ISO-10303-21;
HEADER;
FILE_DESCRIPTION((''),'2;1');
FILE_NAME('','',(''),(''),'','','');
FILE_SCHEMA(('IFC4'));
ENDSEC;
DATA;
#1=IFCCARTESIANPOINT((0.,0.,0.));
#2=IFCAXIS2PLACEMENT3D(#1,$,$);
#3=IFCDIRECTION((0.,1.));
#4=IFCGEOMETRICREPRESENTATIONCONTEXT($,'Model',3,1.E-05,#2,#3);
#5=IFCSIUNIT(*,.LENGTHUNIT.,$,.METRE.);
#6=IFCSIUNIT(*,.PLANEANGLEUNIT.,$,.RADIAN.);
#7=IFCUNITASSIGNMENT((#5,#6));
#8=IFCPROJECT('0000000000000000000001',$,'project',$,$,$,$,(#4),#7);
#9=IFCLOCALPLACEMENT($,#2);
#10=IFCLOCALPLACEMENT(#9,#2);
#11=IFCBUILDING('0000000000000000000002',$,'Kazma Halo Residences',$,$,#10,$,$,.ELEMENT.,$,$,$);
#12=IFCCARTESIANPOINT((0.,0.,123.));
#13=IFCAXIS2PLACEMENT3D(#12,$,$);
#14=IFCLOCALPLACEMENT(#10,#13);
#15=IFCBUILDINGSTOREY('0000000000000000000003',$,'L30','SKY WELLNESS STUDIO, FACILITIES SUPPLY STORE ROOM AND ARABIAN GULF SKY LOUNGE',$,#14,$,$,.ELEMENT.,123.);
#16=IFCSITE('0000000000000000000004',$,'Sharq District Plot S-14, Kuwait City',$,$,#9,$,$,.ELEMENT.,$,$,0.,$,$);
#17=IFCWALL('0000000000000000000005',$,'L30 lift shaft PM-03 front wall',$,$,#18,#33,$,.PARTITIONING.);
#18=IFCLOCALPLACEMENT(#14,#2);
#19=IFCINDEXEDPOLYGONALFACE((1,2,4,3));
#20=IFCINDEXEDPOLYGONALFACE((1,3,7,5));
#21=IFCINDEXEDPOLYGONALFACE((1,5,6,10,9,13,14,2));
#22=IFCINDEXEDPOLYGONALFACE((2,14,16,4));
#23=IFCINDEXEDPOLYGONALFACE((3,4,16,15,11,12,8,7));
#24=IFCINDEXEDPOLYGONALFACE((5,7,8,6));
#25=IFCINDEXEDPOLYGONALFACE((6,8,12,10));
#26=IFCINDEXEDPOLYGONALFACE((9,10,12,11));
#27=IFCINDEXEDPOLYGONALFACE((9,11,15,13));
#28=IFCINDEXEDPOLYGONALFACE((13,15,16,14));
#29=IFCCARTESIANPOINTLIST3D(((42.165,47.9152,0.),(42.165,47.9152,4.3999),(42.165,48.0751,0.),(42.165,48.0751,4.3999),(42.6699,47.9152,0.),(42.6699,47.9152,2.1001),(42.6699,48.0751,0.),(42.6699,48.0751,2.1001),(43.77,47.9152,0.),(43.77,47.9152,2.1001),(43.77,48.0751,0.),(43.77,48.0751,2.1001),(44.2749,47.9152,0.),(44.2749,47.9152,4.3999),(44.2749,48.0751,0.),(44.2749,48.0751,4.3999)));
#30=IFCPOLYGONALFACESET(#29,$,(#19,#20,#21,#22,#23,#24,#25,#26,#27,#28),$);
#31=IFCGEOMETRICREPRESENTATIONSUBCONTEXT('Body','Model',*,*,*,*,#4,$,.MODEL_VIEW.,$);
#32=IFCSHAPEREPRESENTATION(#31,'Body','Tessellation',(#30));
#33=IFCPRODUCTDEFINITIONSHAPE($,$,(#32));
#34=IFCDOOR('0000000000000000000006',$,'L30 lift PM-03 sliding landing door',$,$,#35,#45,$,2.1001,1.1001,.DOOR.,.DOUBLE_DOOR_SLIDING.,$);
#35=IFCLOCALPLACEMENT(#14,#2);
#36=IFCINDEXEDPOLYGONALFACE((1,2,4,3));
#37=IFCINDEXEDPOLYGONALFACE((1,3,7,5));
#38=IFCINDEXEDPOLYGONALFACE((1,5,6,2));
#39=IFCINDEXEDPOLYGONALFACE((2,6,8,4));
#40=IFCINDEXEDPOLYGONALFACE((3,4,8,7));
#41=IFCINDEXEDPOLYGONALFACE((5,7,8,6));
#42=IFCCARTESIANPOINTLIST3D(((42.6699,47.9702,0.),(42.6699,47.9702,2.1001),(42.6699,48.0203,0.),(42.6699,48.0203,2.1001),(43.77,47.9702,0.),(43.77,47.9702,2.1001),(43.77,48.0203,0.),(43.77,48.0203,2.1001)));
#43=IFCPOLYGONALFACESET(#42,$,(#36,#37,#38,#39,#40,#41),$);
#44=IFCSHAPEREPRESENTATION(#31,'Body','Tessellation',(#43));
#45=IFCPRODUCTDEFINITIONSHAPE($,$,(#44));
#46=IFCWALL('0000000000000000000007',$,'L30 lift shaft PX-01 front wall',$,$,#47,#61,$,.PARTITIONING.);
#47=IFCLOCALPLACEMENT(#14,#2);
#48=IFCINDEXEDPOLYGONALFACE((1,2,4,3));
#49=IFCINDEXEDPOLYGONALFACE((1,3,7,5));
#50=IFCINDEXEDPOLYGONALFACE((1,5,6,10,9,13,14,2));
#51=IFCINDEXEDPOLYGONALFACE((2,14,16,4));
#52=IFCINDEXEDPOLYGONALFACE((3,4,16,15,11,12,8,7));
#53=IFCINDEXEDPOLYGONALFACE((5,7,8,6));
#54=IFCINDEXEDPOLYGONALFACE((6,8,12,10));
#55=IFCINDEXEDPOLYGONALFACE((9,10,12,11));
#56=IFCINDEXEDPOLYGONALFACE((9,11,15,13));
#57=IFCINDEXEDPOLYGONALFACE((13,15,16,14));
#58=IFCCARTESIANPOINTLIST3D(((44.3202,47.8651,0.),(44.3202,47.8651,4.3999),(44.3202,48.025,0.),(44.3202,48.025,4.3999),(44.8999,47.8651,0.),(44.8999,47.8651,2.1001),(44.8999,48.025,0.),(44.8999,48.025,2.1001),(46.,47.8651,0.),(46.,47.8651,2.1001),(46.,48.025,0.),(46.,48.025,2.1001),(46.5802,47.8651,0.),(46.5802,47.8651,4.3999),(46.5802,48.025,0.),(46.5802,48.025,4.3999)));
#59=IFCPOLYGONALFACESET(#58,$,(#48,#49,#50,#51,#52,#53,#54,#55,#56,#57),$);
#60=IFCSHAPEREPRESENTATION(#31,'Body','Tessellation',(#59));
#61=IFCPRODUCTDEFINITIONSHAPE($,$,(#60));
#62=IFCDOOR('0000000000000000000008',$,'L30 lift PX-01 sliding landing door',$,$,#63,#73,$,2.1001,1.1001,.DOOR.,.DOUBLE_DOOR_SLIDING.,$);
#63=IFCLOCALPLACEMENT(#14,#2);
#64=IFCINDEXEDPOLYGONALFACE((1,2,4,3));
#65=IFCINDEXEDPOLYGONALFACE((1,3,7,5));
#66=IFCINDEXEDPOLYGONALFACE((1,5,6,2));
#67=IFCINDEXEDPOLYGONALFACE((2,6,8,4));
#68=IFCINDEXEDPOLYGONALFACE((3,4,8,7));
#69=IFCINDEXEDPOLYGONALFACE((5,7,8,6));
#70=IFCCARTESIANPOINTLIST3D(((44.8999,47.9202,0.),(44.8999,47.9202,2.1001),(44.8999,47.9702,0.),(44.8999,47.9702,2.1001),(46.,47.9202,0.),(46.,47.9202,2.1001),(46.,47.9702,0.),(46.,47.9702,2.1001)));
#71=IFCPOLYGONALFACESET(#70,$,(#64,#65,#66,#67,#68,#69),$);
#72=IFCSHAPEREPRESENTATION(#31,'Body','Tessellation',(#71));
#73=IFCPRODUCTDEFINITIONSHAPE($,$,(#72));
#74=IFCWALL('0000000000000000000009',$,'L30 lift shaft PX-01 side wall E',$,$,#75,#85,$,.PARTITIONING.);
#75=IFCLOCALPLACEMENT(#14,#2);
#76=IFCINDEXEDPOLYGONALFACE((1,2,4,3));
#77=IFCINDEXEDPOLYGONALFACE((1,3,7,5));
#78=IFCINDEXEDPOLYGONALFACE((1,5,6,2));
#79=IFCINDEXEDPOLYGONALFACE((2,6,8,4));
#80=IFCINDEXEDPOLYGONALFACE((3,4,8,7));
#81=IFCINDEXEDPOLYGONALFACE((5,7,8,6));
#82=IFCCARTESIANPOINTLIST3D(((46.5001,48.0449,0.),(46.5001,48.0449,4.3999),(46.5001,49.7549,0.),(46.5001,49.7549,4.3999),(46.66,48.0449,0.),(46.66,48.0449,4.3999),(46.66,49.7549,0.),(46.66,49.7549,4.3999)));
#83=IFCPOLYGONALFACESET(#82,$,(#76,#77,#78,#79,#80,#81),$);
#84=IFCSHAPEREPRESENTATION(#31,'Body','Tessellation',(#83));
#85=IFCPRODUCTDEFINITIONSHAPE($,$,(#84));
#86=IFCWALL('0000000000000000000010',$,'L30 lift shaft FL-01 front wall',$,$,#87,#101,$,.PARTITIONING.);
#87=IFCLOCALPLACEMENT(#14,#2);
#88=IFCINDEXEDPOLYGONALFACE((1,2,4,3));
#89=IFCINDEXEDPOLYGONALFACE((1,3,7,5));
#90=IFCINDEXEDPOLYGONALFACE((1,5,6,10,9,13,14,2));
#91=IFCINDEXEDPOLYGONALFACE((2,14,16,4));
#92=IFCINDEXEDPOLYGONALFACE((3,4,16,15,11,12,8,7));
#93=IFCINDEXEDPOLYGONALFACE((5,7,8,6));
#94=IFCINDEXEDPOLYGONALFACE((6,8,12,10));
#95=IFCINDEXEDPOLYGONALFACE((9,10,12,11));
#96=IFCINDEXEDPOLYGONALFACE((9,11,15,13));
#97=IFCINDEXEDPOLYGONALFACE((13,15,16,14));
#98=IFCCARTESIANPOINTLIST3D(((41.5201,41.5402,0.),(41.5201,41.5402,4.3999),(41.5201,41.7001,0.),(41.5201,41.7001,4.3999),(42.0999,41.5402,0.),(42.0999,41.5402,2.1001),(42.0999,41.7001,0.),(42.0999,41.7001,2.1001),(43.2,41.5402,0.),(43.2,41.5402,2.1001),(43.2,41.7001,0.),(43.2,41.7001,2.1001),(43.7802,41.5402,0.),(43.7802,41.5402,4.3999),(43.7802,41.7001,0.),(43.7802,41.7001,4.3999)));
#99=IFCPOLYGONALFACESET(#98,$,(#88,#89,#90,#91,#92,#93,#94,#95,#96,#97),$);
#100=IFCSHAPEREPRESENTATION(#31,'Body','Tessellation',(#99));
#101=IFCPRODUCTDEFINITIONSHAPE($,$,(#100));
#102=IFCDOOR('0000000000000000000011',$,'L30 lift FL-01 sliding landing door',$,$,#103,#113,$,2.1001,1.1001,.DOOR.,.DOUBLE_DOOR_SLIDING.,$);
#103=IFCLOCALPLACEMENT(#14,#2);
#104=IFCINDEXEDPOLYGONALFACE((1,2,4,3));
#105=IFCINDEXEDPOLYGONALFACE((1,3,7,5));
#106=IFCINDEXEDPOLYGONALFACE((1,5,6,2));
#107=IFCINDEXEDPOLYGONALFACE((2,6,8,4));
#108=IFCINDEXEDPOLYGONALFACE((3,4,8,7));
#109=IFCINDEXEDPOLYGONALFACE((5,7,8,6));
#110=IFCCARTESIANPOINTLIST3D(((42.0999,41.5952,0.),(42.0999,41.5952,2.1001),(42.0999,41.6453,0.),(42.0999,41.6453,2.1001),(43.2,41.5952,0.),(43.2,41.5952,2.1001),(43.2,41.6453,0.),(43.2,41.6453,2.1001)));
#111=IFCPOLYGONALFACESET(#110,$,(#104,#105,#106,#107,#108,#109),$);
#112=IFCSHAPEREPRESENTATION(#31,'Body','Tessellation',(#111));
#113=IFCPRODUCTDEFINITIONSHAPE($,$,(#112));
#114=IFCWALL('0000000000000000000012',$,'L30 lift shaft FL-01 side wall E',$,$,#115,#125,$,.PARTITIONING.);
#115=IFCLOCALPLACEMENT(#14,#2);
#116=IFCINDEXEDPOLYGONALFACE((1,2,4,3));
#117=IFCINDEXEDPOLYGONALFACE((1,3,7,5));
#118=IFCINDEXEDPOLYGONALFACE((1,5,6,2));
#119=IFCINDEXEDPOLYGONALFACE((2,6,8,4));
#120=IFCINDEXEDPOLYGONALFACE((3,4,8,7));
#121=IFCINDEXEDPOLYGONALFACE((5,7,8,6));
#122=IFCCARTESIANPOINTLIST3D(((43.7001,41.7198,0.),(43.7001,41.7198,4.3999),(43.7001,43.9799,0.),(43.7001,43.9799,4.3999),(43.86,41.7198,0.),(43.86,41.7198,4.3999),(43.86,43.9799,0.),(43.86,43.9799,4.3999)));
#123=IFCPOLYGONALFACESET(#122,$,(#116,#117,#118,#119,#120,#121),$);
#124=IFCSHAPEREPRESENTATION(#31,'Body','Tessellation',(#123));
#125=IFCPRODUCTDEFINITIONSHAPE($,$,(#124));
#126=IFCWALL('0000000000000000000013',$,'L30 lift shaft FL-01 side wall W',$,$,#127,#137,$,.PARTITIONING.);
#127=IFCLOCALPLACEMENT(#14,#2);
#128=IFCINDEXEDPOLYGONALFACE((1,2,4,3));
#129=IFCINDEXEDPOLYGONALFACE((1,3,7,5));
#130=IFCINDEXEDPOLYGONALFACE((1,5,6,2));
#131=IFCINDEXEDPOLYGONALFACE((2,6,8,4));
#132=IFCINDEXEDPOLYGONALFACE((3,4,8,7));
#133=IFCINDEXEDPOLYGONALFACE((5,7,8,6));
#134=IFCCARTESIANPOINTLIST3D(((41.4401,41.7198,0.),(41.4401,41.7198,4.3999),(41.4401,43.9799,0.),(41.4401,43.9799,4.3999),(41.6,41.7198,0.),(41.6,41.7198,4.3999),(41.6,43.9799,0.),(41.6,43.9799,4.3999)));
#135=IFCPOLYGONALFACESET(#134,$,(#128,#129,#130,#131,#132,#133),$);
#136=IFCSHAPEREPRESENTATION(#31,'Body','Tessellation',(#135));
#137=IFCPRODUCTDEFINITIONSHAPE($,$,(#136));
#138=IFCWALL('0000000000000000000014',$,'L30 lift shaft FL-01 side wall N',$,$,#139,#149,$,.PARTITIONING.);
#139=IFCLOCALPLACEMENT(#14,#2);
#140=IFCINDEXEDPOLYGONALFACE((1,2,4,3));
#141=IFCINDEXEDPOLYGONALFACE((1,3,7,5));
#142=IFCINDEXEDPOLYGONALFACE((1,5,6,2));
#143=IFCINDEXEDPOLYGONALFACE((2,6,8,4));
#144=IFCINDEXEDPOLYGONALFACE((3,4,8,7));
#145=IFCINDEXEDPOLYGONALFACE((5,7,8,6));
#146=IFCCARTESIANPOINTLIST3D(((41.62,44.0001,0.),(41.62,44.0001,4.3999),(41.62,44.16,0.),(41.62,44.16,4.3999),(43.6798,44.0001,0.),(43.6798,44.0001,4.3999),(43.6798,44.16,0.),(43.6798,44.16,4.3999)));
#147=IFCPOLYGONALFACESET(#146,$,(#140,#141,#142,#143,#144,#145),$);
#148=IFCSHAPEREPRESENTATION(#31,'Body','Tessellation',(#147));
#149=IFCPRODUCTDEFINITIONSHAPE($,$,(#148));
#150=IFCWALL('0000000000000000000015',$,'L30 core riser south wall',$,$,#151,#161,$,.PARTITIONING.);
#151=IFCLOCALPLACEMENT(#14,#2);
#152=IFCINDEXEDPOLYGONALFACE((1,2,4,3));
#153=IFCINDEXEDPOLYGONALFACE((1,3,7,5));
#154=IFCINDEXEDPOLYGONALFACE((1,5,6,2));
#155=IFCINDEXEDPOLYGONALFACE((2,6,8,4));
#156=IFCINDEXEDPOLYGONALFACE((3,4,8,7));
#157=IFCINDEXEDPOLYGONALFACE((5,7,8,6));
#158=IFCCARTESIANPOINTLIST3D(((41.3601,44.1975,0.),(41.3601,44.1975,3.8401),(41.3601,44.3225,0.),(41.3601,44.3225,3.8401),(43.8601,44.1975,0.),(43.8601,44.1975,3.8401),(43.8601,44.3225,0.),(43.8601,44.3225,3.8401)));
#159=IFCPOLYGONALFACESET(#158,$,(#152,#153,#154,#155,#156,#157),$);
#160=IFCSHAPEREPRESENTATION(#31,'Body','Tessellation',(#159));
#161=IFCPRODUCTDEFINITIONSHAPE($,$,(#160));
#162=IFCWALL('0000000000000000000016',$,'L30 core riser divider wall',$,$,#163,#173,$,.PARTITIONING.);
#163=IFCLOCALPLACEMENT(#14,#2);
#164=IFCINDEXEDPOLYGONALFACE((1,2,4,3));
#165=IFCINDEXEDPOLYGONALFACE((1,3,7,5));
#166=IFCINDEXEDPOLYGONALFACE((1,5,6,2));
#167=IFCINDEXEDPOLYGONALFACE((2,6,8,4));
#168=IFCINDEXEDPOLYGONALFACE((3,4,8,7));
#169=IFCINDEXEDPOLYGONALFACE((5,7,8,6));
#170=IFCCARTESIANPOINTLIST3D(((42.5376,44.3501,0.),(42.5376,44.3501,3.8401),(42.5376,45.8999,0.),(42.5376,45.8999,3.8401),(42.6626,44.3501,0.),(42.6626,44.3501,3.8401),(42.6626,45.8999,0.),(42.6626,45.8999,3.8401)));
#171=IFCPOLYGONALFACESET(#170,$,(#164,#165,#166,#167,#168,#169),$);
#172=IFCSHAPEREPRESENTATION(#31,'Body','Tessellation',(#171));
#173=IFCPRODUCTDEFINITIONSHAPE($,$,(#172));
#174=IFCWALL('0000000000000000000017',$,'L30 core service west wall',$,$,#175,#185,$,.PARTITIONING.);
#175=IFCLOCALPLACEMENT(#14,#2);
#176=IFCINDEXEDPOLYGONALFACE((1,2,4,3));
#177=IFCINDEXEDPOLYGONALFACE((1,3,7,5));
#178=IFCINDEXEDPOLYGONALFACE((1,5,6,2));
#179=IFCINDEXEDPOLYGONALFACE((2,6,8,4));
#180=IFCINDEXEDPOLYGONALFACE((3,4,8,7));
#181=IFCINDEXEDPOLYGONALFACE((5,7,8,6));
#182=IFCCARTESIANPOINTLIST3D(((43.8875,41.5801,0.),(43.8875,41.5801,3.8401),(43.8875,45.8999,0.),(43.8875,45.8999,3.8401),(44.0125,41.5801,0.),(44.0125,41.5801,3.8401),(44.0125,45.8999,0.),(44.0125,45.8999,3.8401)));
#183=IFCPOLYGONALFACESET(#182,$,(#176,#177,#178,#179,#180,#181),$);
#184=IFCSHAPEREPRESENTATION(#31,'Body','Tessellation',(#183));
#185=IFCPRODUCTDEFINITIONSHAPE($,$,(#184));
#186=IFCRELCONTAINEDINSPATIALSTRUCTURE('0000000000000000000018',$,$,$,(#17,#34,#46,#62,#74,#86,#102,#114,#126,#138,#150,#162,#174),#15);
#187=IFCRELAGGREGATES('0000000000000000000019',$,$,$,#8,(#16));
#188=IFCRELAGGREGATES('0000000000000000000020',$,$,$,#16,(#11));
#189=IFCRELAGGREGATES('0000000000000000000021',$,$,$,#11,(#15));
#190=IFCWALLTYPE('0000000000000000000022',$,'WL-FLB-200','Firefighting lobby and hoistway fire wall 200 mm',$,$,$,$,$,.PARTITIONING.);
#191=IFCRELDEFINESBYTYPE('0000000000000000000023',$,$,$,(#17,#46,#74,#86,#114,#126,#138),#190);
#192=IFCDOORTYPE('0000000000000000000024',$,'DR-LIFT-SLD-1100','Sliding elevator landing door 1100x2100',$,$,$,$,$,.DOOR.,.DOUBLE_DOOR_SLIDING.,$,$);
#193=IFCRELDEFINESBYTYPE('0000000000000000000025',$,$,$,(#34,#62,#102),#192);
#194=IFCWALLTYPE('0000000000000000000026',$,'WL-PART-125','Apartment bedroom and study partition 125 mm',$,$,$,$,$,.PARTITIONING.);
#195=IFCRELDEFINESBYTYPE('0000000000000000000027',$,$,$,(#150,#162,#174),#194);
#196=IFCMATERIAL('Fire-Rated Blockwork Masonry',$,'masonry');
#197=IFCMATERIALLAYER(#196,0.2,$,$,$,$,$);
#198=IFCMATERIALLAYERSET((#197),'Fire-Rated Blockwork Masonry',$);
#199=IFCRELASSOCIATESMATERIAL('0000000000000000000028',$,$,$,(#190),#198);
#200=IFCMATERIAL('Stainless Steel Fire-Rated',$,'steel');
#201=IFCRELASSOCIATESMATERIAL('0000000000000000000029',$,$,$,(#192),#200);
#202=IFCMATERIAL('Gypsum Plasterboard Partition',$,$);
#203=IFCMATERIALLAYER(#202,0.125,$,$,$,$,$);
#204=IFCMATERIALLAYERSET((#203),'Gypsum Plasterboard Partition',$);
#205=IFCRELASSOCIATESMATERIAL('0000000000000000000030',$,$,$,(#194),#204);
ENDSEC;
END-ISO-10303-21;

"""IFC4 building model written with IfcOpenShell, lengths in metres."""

from ifc_helpers import new_model, si_unit, direction, frame, frame_2d, origin, place, context, subcontext, project, spatial, rectangle, extrude, material, layer, layer_set, type_object, element, fill, save


model = new_model("IFC4")

# Units and contexts
model_context = context("Model", 3, precision=1e-05, world=origin(), true_north=direction((0.0, 1.0)))
body_context = subcontext(model_context, "Body", "Model", "MODEL_VIEW")
ifc_project = project(units=[si_unit("LENGTHUNIT", "METRE"), si_unit("PLANEANGLEUNIT", "RADIAN")], contexts=[model_context])

# Site, building, storey
site_placement = place(None, origin())
site = spatial("IfcSite", under=ifc_project, at=site_placement, Name="Sharq District Plot S-14, Kuwait City", CompositionType="ELEMENT", RefElevation=0.0)
building_placement = place(site_placement, origin())
building = spatial("IfcBuilding", under=site, at=building_placement, Name="Kazma Halo Residences", CompositionType="ELEMENT")
storey_placement = place(building_placement, frame((0.0, 0.0, 123.0)))
storey = spatial("IfcBuildingStorey", under=building, at=storey_placement, Name="L30", Description="SKY WELLNESS STUDIO, FACILITIES SUPPLY STORE ROOM AND ARABIAN GULF SKY LOUNGE", CompositionType="ELEMENT", Elevation=123.0)

# Walls, openings, doors
ifc_material_1 = material(Name="Fire-Rated Blockwork Masonry", Category="masonry")
ifc_layer_1 = layer(ifc_material_1, 0.2)
ifc_layer_set_1 = layer_set([ifc_layer_1], Name="Fire-Rated Blockwork Masonry")
wall_type_1 = type_object("IfcWallType", Name="WL-FLB-200", Description="Firefighting lobby and hoistway fire wall 200 mm", PredefinedType="PARTITIONING", material=ifc_layer_set_1)
ifc_material_2 = material(Name="Stainless Steel Fire-Rated", Category="steel")
door_type_1 = type_object("IfcDoorType", Name="DR-LIFT-SLD-1100", Description="Sliding elevator landing door 1100x2100", OperationType="DOUBLE_DOOR_SLIDING", PredefinedType="DOOR", material=ifc_material_2)
wall_1_placement = place(storey_placement, frame((44.2749, 47.9951, 0.0), z_axis=(0.0, 0.0, 1.0), x_axis=(-1.0, 0.0, 0.0)))
wall_1 = element("IfcWall", 1, at=wall_1_placement, inside=storey, type_object=wall_type_1, Name="L30 lift shaft PM-03 front wall", PredefinedType="PARTITIONING", context=body_context, shape_type="SweptSolid", body=[
    extrude(rectangle(XDim=2.1099, YDim=0.1599, at=frame_2d((1.0549, 0.0))), origin(), (0.0, 0.0, 1.0), 4.3999),
])
opening_1_placement = place(wall_1_placement, frame((0.5049, 0.0, 0.0)))
opening_1 = element("IfcOpeningElement", 2, at=opening_1_placement, cuts=wall_1, PredefinedType="OPENING", context=body_context, shape_type="SweptSolid", body=[
    extrude(rectangle(XDim=1.1001, YDim=2.1001, at=frame_2d((0.55, 1.05))), frame((0.0, 0.0898, 0.0), z_axis=(0.0, -1.0, 0.0), x_axis=(1.0, 0.0, 0.0)), (0.0, 0.0, 1.0), 0.1799),
])
door_1_placement = place(opening_1_placement, origin())
door_1 = element("IfcDoor", 3, at=door_1_placement, inside=storey, type_object=door_type_1, Name="L30 lift PM-03 sliding landing door", OperationType="DOUBLE_DOOR_SLIDING", OverallHeight=2.1001, OverallWidth=1.1001, PredefinedType="DOOR", context=body_context, shape_type="SweptSolid", body=[
    extrude(rectangle(XDim=1.1001, YDim=2.1001, at=frame_2d((0.55, 1.05))), frame((0.0, 0.0249, 0.0), z_axis=(0.0, -1.0, 0.0), x_axis=(1.0, 0.0, 0.0)), (0.0, 0.0, 1.0), 0.05),
])
fill(opening_1, door_1)
wall_2_placement = place(storey_placement, frame((46.5801, 47.9451, 0.0), z_axis=(0.0, 0.0, 1.0), x_axis=(-1.0, 0.0, 0.0)))
wall_2 = element("IfcWall", 4, at=wall_2_placement, inside=storey, type_object=wall_type_1, Name="L30 lift shaft PX-01 front wall", PredefinedType="PARTITIONING", context=body_context, shape_type="SweptSolid", body=[
    extrude(rectangle(XDim=2.26, YDim=0.1599, at=frame_2d((1.1299, 0.0))), origin(), (0.0, 0.0, 1.0), 4.3999),
])
opening_2_placement = place(wall_2_placement, frame((0.5801, 0.0, 0.0)))
opening_2 = element("IfcOpeningElement", 5, at=opening_2_placement, cuts=wall_2, PredefinedType="OPENING", context=body_context, shape_type="SweptSolid", body=[
    extrude(rectangle(XDim=1.1001, YDim=2.1001, at=frame_2d((0.55, 1.05))), frame((0.0, 0.0898, 0.0), z_axis=(0.0, -1.0, 0.0), x_axis=(1.0, 0.0, 0.0)), (0.0, 0.0, 1.0), 0.1799),
])
door_2_placement = place(opening_2_placement, origin())
door_2 = element("IfcDoor", 6, at=door_2_placement, inside=storey, type_object=door_type_1, Name="L30 lift PX-01 sliding landing door", OperationType="DOUBLE_DOOR_SLIDING", OverallHeight=2.1001, OverallWidth=1.1001, PredefinedType="DOOR", context=body_context, shape_type="SweptSolid", body=[
    extrude(rectangle(XDim=1.1001, YDim=2.1001, at=frame_2d((0.55, 1.05))), frame((0.0, 0.0249, 0.0), z_axis=(0.0, -1.0, 0.0), x_axis=(1.0, 0.0, 0.0)), (0.0, 0.0, 1.0), 0.05),
])
fill(opening_2, door_2)

# Wall
wall_3_placement = place(storey_placement, frame((46.5801, 48.0449, 0.0), z_axis=(0.0, 0.0, 1.0), x_axis=(0.0, 1.0, 0.0)))
element("IfcWall", 7, at=wall_3_placement, inside=storey, type_object=wall_type_1, Name="L30 lift shaft PX-01 side wall E", PredefinedType="PARTITIONING", context=body_context, shape_type="SweptSolid", body=[
    extrude(rectangle(XDim=1.71, YDim=0.1599, at=frame_2d((0.855, 0.0))), origin(), (0.0, 0.0, 1.0), 4.3999),
])

# Wall, opening, door
wall_4_placement = place(storey_placement, frame((43.78, 41.6201, 0.0), z_axis=(0.0, 0.0, 1.0), x_axis=(-1.0, 0.0, 0.0)))
wall_4 = element("IfcWall", 8, at=wall_4_placement, inside=storey, type_object=wall_type_1, Name="L30 lift shaft FL-01 front wall", PredefinedType="PARTITIONING", context=body_context, shape_type="SweptSolid", body=[
    extrude(rectangle(XDim=2.26, YDim=0.1599, at=frame_2d((1.1299, 0.0))), origin(), (0.0, 0.0, 1.0), 4.3999),
])
opening_3_placement = place(wall_4_placement, frame((0.5801, 0.0, 0.0)))
opening_3 = element("IfcOpeningElement", 9, at=opening_3_placement, cuts=wall_4, PredefinedType="OPENING", context=body_context, shape_type="SweptSolid", body=[
    extrude(rectangle(XDim=1.1001, YDim=2.1001, at=frame_2d((0.55, 1.05))), frame((0.0, 0.0898, 0.0), z_axis=(0.0, -1.0, 0.0), x_axis=(1.0, 0.0, 0.0)), (0.0, 0.0, 1.0), 0.1799),
])
door_3_placement = place(opening_3_placement, origin())
door_3 = element("IfcDoor", 10, at=door_3_placement, inside=storey, type_object=door_type_1, Name="L30 lift FL-01 sliding landing door", OperationType="DOUBLE_DOOR_SLIDING", OverallHeight=2.1001, OverallWidth=1.1001, PredefinedType="DOOR", context=body_context, shape_type="SweptSolid", body=[
    extrude(rectangle(XDim=1.1001, YDim=2.1001, at=frame_2d((0.55, 1.05))), frame((0.0, 0.0249, 0.0), z_axis=(0.0, -1.0, 0.0), x_axis=(1.0, 0.0, 0.0)), (0.0, 0.0, 1.0), 0.05),
])
fill(opening_3, door_3)

# Walls
for number, where, z_axis, x_axis, name in (
    (11, (43.78, 41.72, 0.0), (0.0, 0.0, 1.0), (0.0, 1.0, 0.0), "L30 lift shaft FL-01 side wall E"),
    (12, (41.52, 41.72, 0.0), (0.0, 0.0, 1.0), (0.0, 1.0, 0.0), "L30 lift shaft FL-01 side wall W"),
):
    element("IfcWall", number, at=place(storey_placement, frame(where, z_axis=z_axis, x_axis=x_axis)), inside=storey, type_object=wall_type_1, Name=name, PredefinedType="PARTITIONING", context=body_context, shape_type="SweptSolid", body=[
        extrude(rectangle(XDim=2.26, YDim=0.1599, at=frame_2d((1.1299, 0.0))), origin(), (0.0, 0.0, 1.0), 4.3999),
    ])
wall_5_placement = place(storey_placement, frame((41.6201, 44.0801, 0.0), z_axis=(0.0, 0.0, 1.0), x_axis=(1.0, 0.0, 0.0)))
element("IfcWall", 13, at=wall_5_placement, inside=storey, type_object=wall_type_1, Name="L30 lift shaft FL-01 side wall N", PredefinedType="PARTITIONING", context=body_context, shape_type="SweptSolid", body=[
    extrude(rectangle(XDim=2.0598, YDim=0.1599, at=frame_2d((1.0298, 0.0))), origin(), (0.0, 0.0, 1.0), 4.3999),
])
ifc_material_3 = material(Name="Gypsum Plasterboard Partition")
ifc_layer_2 = layer(ifc_material_3, 0.125)
ifc_layer_set_2 = layer_set([ifc_layer_2], Name="Gypsum Plasterboard Partition")
wall_type_2 = type_object("IfcWallType", Name="WL-PART-125", Description="Apartment bedroom and study partition 125 mm", PredefinedType="PARTITIONING", material=ifc_layer_set_2)
wall_6_placement = place(storey_placement, frame((41.3601, 44.26, 0.0), z_axis=(0.0, 0.0, 1.0), x_axis=(1.0, 0.0, 0.0)))
element("IfcWall", 14, at=wall_6_placement, inside=storey, type_object=wall_type_2, Name="L30 core riser south wall", PredefinedType="PARTITIONING", context=body_context, shape_type="SweptSolid", body=[
    extrude(rectangle(XDim=2.5, YDim=0.125, at=frame_2d((1.25, 0.0))), origin(), (0.0, 0.0, 1.0), 3.8401),
])
wall_7_placement = place(storey_placement, frame((42.6001, 44.3501, 0.0), z_axis=(0.0, 0.0, 1.0), x_axis=(0.0, 1.0, 0.0)))
element("IfcWall", 15, at=wall_7_placement, inside=storey, type_object=wall_type_2, Name="L30 core riser divider wall", PredefinedType="PARTITIONING", context=body_context, shape_type="SweptSolid", body=[
    extrude(rectangle(XDim=1.5498, YDim=0.125, at=frame_2d((0.7749, 0.0))), origin(), (0.0, 0.0, 1.0), 3.8401),
])
wall_8_placement = place(storey_placement, frame((43.95, 41.5801, 0.0), z_axis=(0.0, 0.0, 1.0), x_axis=(0.0, 1.0, 0.0)))
element("IfcWall", 16, at=wall_8_placement, inside=storey, type_object=wall_type_2, Name="L30 core service west wall", PredefinedType="PARTITIONING", context=body_context, shape_type="SweptSolid", body=[
    extrude(rectangle(XDim=4.3198, YDim=0.125, at=frame_2d((2.1599, 0.0))), origin(), (0.0, 0.0, 1.0), 3.8401),
])

save(model, "model.ifc")
